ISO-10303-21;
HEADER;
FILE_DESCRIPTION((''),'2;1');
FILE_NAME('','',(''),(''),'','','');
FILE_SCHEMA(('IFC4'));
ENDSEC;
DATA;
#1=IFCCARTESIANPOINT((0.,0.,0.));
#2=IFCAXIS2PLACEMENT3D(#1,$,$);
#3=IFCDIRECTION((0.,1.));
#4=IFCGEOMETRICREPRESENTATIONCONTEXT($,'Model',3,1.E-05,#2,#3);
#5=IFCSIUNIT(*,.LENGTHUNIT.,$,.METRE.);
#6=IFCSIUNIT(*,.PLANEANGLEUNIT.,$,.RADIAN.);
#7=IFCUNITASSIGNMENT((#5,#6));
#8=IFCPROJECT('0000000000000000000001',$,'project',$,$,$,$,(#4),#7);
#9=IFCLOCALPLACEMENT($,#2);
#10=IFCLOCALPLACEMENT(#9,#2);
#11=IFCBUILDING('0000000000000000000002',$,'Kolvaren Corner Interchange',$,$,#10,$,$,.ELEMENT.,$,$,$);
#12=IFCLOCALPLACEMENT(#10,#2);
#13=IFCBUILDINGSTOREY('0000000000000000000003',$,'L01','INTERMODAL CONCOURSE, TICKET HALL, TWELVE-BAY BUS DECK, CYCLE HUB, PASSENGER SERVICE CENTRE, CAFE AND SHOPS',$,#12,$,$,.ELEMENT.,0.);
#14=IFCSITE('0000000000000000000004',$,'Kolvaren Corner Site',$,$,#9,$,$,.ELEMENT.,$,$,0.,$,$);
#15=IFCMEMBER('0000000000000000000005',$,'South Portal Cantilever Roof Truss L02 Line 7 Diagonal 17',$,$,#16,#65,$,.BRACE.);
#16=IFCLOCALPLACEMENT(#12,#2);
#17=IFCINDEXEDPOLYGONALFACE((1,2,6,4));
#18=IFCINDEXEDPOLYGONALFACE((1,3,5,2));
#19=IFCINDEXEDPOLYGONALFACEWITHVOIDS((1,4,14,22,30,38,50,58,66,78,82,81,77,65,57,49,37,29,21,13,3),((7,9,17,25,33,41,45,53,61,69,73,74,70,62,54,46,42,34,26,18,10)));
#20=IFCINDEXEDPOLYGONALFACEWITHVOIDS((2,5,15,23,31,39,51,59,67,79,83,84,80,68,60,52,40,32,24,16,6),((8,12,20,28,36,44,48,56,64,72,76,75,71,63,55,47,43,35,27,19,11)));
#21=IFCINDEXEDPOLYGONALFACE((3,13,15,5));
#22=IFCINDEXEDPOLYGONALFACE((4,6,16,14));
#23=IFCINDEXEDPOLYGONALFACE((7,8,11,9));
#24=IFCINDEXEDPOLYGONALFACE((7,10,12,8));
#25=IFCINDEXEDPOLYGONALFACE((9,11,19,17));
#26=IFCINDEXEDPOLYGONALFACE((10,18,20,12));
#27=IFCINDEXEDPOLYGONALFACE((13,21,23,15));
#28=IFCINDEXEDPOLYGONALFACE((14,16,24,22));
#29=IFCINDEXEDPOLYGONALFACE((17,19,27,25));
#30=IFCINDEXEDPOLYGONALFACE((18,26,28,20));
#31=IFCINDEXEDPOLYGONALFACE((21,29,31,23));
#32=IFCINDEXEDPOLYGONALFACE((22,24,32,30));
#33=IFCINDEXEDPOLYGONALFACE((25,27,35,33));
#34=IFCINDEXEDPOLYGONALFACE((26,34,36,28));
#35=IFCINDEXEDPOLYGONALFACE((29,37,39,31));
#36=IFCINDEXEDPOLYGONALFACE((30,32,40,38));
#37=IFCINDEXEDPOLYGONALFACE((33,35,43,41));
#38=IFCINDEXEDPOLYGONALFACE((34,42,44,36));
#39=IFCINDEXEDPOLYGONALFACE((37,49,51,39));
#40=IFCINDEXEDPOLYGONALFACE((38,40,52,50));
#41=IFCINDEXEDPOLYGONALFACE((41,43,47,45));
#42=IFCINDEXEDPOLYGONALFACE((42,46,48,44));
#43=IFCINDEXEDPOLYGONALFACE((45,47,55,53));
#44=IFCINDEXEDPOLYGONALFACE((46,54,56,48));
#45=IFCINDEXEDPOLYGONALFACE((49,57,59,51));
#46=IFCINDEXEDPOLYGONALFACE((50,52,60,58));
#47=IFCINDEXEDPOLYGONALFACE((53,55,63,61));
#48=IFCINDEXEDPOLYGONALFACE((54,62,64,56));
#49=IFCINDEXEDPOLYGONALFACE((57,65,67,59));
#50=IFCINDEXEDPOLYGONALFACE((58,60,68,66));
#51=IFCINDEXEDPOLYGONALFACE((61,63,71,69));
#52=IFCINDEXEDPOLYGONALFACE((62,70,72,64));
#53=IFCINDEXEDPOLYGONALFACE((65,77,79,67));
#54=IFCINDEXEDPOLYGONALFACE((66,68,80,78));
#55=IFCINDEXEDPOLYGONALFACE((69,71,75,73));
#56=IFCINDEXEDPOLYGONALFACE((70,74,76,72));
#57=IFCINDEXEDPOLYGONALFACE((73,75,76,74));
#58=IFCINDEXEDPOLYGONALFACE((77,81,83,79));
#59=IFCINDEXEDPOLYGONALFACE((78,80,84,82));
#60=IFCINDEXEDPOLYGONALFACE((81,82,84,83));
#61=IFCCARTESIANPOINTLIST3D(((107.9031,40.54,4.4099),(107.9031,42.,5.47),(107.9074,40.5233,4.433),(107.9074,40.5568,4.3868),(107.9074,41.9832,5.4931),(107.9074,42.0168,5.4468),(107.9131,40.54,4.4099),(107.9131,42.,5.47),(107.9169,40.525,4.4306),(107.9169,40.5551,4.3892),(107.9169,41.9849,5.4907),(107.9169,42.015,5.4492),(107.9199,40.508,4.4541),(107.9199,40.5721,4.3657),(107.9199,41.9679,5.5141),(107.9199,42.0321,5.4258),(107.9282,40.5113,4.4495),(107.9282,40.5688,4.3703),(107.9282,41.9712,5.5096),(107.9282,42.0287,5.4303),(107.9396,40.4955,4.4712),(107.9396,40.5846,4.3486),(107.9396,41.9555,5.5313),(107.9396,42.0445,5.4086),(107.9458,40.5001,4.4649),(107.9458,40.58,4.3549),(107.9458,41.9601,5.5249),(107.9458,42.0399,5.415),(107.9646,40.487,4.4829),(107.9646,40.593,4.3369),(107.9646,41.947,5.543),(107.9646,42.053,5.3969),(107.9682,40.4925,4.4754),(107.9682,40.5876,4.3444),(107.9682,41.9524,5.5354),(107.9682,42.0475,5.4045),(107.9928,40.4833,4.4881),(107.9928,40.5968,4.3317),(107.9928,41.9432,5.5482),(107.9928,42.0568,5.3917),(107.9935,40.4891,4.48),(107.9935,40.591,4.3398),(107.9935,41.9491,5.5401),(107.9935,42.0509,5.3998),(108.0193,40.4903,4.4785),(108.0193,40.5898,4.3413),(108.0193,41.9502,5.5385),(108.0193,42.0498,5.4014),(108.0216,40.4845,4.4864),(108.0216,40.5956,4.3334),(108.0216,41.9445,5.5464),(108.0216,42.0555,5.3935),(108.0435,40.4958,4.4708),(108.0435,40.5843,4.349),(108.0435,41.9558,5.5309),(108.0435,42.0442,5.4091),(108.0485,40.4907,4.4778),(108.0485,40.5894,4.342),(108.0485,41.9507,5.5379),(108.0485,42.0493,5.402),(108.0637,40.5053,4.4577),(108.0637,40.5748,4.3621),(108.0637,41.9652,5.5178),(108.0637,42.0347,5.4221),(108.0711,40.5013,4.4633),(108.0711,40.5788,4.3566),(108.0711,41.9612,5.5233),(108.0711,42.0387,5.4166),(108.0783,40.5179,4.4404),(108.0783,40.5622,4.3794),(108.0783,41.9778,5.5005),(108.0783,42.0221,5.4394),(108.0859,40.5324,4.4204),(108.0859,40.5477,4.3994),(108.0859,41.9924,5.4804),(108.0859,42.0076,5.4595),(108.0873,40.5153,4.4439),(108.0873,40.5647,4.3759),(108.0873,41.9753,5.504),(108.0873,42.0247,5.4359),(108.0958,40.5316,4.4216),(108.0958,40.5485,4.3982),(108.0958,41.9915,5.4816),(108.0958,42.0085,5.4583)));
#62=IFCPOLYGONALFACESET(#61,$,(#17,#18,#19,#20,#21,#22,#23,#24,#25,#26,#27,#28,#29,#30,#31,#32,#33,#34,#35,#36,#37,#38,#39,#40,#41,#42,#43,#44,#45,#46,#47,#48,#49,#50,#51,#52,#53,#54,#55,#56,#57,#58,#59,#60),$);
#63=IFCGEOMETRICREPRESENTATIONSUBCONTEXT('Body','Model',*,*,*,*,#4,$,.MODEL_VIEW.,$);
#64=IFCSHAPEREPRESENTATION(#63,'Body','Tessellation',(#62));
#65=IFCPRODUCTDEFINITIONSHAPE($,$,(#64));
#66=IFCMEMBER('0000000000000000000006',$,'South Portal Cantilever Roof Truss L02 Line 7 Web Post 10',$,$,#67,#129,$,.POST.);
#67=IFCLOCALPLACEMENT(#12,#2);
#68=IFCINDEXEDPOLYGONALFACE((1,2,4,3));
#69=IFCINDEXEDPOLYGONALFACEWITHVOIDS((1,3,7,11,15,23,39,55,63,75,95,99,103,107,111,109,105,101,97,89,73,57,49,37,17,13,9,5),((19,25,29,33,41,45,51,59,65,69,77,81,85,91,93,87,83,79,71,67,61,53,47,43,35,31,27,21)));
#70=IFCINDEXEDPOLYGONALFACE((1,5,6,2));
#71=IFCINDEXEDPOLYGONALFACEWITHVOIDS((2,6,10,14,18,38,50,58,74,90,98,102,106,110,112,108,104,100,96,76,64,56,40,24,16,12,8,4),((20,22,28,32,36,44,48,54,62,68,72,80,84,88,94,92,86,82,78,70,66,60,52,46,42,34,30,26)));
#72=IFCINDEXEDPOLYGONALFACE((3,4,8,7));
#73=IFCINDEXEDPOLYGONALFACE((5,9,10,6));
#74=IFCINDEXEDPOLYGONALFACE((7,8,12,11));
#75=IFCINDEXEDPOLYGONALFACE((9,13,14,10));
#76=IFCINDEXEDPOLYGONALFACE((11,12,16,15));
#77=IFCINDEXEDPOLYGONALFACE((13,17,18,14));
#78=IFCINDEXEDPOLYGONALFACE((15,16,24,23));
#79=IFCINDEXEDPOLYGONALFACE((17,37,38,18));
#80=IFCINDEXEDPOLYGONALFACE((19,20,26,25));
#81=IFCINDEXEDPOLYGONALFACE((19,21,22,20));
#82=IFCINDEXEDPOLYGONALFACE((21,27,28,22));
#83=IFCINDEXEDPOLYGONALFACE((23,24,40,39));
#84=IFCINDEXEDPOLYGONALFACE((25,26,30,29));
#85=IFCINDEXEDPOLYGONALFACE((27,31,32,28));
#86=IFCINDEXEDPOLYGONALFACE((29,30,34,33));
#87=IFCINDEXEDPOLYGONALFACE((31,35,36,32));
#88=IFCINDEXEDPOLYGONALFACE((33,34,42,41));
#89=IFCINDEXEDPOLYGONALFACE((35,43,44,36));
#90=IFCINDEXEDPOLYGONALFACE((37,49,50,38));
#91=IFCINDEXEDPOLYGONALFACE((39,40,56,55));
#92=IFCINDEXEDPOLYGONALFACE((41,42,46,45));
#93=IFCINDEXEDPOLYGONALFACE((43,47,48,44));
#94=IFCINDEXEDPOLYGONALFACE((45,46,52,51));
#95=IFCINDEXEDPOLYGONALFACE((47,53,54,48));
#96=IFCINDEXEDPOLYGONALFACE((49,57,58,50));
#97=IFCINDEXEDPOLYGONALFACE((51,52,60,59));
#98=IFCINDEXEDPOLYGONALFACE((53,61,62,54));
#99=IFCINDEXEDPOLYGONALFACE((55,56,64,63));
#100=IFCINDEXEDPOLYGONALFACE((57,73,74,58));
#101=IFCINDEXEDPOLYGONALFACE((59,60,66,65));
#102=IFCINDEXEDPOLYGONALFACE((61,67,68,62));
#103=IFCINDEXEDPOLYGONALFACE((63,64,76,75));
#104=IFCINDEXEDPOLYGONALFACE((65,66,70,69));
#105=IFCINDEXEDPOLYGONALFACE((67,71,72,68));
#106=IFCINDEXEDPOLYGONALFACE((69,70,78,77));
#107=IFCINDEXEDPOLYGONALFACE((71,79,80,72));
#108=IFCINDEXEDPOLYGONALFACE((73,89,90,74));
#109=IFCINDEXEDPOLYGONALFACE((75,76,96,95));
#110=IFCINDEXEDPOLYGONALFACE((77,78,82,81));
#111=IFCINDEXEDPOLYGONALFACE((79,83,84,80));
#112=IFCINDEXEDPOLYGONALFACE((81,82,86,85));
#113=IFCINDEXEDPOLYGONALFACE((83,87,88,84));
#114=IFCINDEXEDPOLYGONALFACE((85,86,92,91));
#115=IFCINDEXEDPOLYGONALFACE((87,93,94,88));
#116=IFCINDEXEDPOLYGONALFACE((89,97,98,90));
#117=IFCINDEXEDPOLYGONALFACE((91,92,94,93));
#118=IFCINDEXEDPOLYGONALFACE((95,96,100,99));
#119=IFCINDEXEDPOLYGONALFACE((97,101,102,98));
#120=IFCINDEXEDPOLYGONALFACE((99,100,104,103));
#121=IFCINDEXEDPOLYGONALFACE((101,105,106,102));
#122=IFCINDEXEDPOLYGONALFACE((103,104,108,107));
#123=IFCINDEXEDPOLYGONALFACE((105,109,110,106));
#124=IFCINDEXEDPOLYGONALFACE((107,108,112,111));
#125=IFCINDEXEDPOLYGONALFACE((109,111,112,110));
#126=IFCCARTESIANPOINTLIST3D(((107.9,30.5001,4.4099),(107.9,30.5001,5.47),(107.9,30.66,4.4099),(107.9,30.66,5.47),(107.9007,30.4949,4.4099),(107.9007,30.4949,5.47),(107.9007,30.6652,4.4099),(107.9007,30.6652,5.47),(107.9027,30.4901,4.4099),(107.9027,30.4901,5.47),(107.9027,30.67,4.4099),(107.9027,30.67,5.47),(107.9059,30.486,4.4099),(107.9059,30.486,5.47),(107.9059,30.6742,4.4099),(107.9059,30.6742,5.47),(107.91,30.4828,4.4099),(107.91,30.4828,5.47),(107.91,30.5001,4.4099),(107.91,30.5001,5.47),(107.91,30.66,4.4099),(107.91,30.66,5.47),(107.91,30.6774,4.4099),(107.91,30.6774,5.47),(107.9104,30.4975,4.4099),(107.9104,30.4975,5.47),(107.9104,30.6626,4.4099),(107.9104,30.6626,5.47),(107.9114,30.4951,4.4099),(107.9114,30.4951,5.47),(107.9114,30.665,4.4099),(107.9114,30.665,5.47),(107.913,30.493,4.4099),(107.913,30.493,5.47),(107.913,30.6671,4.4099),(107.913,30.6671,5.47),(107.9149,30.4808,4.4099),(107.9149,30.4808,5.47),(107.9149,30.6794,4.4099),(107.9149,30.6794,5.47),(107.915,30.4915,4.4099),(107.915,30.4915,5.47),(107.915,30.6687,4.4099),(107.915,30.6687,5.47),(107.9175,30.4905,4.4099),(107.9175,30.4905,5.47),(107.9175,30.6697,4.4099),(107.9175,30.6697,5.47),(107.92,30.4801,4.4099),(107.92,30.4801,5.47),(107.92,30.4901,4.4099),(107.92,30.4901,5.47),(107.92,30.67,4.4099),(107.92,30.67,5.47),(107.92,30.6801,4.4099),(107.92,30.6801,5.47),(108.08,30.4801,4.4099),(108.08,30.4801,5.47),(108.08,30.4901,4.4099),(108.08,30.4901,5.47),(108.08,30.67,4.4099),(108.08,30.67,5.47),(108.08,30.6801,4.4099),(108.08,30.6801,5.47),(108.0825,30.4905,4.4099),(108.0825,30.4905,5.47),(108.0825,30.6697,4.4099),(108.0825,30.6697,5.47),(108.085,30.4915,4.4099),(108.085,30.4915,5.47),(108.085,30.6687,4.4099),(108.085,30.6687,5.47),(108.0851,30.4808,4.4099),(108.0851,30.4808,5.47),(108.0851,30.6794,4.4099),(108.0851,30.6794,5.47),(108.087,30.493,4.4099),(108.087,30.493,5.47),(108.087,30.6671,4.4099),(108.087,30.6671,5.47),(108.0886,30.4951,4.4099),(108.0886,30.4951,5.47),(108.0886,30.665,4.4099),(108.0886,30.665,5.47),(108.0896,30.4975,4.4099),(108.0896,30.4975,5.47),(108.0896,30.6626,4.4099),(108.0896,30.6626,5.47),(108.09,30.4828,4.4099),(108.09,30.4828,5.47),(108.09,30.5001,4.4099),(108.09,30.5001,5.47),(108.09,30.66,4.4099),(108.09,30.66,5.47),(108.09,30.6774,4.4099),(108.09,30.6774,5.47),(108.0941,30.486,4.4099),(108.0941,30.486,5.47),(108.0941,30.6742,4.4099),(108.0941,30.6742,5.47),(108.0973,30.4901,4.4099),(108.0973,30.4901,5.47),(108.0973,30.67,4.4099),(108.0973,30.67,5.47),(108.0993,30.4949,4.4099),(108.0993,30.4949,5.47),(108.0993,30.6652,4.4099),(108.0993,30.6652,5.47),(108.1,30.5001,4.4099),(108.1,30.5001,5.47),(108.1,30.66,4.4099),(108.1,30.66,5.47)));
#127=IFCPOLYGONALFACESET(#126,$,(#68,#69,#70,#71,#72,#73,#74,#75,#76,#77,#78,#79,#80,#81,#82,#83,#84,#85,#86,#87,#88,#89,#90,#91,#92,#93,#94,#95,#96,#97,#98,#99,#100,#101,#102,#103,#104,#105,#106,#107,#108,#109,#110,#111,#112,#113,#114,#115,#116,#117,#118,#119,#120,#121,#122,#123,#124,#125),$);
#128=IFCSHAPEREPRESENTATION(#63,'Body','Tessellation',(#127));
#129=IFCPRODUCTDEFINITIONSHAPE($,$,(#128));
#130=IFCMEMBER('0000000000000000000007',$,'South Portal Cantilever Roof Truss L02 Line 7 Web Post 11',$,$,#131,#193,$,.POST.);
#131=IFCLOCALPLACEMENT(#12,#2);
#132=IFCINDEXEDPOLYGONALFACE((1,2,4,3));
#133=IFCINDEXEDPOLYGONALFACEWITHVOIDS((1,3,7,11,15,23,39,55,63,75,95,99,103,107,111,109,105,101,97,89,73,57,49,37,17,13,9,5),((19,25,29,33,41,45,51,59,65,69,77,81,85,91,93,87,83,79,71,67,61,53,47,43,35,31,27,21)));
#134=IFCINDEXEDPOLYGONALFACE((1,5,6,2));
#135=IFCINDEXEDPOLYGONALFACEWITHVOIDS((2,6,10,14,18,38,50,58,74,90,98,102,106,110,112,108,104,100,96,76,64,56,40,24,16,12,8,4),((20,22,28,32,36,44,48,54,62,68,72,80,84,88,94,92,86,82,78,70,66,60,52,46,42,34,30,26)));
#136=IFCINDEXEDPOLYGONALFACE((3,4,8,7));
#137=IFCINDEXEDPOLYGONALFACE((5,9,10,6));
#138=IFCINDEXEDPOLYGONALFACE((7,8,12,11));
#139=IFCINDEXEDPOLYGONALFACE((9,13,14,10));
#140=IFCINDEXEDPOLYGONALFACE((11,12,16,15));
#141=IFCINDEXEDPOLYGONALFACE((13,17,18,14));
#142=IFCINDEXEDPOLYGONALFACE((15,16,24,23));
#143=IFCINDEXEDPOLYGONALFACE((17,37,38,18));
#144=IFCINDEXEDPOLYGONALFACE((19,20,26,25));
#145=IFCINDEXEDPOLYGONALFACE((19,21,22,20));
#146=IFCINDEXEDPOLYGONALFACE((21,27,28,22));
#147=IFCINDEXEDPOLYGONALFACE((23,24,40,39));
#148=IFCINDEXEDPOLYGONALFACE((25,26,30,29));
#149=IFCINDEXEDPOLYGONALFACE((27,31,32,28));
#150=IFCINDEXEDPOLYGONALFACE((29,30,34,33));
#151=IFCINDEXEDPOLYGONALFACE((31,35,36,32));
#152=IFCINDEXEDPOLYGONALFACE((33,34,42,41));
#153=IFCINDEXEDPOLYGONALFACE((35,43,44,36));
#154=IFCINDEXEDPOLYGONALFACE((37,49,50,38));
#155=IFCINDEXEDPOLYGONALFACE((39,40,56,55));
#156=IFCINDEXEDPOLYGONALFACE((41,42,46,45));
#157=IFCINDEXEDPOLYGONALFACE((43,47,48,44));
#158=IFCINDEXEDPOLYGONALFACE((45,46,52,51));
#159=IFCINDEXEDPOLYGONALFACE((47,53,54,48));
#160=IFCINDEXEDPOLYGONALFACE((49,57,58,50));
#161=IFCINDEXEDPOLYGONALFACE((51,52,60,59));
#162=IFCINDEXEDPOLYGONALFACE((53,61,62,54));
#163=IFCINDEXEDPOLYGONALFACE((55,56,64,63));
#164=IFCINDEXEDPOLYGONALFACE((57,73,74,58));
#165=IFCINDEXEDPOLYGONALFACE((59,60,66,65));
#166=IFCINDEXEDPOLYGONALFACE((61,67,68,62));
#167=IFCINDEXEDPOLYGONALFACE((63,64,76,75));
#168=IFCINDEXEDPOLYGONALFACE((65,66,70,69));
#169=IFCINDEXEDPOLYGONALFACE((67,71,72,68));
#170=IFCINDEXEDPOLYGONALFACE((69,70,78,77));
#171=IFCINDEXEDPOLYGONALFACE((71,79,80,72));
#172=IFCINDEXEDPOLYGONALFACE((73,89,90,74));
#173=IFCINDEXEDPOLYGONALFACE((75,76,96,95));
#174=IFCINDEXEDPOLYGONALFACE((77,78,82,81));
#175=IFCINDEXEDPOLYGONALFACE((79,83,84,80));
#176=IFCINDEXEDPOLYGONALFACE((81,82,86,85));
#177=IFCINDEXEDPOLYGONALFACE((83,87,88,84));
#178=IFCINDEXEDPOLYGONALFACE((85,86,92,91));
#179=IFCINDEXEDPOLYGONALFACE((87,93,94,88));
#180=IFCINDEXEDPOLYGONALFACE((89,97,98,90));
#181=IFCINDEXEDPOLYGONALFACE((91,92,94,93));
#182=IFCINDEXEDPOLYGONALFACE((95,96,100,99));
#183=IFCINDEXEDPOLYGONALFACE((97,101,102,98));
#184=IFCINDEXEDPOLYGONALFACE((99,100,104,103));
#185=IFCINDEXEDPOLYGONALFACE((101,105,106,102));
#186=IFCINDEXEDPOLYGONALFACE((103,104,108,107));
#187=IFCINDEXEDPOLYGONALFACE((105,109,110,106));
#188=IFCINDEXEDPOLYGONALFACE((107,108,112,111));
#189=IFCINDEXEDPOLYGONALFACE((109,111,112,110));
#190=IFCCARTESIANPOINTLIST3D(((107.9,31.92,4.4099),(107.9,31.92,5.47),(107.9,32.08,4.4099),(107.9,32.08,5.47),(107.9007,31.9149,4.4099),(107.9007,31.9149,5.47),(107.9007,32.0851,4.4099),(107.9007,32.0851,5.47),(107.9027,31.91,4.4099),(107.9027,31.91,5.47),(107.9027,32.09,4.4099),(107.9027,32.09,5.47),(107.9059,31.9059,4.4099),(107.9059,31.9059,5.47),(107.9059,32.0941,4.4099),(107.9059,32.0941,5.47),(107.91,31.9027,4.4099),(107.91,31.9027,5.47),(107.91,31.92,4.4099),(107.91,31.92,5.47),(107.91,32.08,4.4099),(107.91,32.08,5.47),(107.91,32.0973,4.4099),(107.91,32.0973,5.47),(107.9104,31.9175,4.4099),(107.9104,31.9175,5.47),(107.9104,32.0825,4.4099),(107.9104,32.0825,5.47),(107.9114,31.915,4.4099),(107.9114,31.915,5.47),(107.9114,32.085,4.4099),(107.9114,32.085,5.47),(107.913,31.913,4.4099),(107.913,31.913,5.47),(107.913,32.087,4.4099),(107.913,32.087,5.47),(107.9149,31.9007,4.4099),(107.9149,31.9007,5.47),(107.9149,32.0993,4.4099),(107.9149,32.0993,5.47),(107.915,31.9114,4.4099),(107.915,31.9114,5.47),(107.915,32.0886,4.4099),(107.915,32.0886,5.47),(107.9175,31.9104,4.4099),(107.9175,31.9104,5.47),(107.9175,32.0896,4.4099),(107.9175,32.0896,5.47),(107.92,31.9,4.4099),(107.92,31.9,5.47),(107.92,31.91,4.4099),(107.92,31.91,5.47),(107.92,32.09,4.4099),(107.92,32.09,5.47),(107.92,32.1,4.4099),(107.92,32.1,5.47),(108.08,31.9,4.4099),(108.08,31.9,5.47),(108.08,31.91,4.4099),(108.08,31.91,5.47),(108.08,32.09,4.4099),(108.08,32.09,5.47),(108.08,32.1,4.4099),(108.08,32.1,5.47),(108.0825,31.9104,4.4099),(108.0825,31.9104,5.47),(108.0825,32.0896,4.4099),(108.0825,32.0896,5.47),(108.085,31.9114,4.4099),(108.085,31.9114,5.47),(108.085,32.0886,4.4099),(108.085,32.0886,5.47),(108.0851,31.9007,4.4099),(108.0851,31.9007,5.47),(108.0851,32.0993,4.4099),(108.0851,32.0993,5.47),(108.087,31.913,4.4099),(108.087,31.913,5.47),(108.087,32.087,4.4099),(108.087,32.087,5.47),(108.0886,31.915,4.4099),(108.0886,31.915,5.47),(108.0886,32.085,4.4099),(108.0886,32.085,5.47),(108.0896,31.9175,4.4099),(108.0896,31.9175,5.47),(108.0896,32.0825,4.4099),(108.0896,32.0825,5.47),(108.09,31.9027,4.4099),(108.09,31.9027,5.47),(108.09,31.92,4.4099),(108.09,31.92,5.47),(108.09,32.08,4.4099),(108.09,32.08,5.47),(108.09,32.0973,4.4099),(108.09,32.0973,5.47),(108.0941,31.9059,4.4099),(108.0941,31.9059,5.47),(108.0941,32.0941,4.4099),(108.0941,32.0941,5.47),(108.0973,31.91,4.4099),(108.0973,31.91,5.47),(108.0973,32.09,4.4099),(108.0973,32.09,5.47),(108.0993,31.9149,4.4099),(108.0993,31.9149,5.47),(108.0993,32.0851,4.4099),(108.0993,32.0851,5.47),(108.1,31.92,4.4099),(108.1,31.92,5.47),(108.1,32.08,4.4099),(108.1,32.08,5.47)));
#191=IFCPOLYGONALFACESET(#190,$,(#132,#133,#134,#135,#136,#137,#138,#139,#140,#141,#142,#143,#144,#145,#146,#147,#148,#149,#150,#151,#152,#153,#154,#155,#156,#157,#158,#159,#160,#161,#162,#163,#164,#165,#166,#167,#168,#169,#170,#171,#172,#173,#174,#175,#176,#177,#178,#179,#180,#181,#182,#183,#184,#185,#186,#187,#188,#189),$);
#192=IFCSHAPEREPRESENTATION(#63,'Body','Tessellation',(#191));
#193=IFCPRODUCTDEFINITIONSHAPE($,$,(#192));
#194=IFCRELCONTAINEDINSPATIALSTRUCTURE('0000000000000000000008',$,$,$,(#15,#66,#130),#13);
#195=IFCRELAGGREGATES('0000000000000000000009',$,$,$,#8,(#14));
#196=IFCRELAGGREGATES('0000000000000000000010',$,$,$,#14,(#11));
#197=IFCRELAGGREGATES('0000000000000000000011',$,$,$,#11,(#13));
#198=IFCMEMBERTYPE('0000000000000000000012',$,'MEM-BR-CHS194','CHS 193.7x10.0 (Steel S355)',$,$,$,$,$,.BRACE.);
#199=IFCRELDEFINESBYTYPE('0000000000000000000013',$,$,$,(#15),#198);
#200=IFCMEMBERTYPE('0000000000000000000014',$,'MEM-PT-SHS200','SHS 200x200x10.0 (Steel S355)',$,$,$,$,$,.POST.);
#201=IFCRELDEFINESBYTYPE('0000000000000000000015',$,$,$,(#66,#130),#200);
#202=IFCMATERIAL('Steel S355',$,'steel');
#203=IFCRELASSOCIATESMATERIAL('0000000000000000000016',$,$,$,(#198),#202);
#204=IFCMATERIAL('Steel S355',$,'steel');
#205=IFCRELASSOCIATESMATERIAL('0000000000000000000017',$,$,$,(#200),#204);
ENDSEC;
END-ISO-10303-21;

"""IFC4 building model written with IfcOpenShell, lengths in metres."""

from ifc_helpers import new_model, si_unit, direction, frame, origin, origin_2d, place, context, subcontext, project, spatial, hollow_rectangle, hollow_circle, extrude, material, material_profile, profile_set, type_object, element, save


model = new_model("IFC4")

# Units and contexts
model_context = context("Model", 3, precision=1e-05, world=origin(), true_north=direction((0.0, 1.0)))
body_context = subcontext(model_context, "Body", "Model", "MODEL_VIEW")
ifc_project = project(units=[si_unit("LENGTHUNIT", "METRE"), si_unit("PLANEANGLEUNIT", "RADIAN")], contexts=[model_context])

# Site, building, storey
site_placement = place(None, origin())
site = spatial("IfcSite", under=ifc_project, at=site_placement, Name="Kolvaren Corner Site", CompositionType="ELEMENT", RefElevation=0.0)
building_placement = place(site_placement, origin())
building = spatial("IfcBuilding", under=site, at=building_placement, Name="Kolvaren Corner Interchange", CompositionType="ELEMENT")
storey_placement = place(building_placement, origin())
storey = spatial("IfcBuildingStorey", under=building, at=storey_placement, Name="L01", Description="INTERMODAL CONCOURSE, TICKET HALL, TWELVE-BAY BUS DECK, CYCLE HUB, PASSENGER SERVICE CENTRE, CAFE AND SHOPS", CompositionType="ELEMENT", Elevation=0.0)

# Members
ifc_material_1 = material(Name="Steel S355", Category="steel")
ifc_material_profile_1 = material_profile(ifc_material_1, hollow_circle(Radius=0.0969, WallThickness=0.01, at=origin_2d()), Name="CHS 193.7x10.0")
ifc_profile_set_1 = profile_set([ifc_material_profile_1], Name="Steel S355")
member_type_1 = type_object("IfcMemberType", Name="MEM-BR-CHS194", Description="CHS 193.7x10.0 (Steel S355)", PredefinedType="BRACE", material=ifc_profile_set_1)
member_1_placement = place(storey_placement, frame((108.0, 40.54, 4.4099), z_axis=(0.0, 0.809192, 0.587544), x_axis=(-1.0, 0.0, 0.0)))
element("IfcMember", 1, at=member_1_placement, inside=storey, type_object=member_type_1, Name="South Portal Cantilever Roof Truss L02 Line 7 Diagonal 17", PredefinedType="BRACE", context=body_context, shape_type="SweptSolid", body=[
    extrude(hollow_circle(Radius=0.0969, WallThickness=0.01, at=origin_2d()), origin(), (0.0, 0.0, 1.0), 1.8042),
])
ifc_material_2 = material(Name="Steel S355", Category="steel")
ifc_material_profile_2 = material_profile(ifc_material_2, hollow_rectangle(XDim=0.2, YDim=0.2, WallThickness=0.01, InnerFilletRadius=0.01, OuterFilletRadius=0.02, at=origin_2d()), Name="SHS 200x200x10.0")
ifc_profile_set_2 = profile_set([ifc_material_profile_2], Name="Steel S355")
member_type_2 = type_object("IfcMemberType", Name="MEM-PT-SHS200", Description="SHS 200x200x10.0 (Steel S355)", PredefinedType="POST", material=ifc_profile_set_2)
for number, where, z_axis, x_axis, name in (
    (2, (108.0, 30.5801, 4.4099), (0.0, 0.0, 1.0), (1.0, 0.0, 0.0), "South Portal Cantilever Roof Truss L02 Line 7 Web Post 10"),
    (3, (108.0, 32.0, 4.4099), (0.0, 0.0, 1.0), (1.0, 0.0, 0.0), "South Portal Cantilever Roof Truss L02 Line 7 Web Post 11"),
):
    element("IfcMember", number, at=place(storey_placement, frame(where, z_axis=z_axis, x_axis=x_axis)), inside=storey, type_object=member_type_2, Name=name, PredefinedType="POST", context=body_context, shape_type="SweptSolid", body=[
        extrude(hollow_rectangle(XDim=0.2, YDim=0.2, WallThickness=0.01, InnerFilletRadius=0.01, OuterFilletRadius=0.02, at=origin_2d()), origin(), (0.0, 0.0, 1.0), 1.0601),
    ])

save(model, "model.ifc")
